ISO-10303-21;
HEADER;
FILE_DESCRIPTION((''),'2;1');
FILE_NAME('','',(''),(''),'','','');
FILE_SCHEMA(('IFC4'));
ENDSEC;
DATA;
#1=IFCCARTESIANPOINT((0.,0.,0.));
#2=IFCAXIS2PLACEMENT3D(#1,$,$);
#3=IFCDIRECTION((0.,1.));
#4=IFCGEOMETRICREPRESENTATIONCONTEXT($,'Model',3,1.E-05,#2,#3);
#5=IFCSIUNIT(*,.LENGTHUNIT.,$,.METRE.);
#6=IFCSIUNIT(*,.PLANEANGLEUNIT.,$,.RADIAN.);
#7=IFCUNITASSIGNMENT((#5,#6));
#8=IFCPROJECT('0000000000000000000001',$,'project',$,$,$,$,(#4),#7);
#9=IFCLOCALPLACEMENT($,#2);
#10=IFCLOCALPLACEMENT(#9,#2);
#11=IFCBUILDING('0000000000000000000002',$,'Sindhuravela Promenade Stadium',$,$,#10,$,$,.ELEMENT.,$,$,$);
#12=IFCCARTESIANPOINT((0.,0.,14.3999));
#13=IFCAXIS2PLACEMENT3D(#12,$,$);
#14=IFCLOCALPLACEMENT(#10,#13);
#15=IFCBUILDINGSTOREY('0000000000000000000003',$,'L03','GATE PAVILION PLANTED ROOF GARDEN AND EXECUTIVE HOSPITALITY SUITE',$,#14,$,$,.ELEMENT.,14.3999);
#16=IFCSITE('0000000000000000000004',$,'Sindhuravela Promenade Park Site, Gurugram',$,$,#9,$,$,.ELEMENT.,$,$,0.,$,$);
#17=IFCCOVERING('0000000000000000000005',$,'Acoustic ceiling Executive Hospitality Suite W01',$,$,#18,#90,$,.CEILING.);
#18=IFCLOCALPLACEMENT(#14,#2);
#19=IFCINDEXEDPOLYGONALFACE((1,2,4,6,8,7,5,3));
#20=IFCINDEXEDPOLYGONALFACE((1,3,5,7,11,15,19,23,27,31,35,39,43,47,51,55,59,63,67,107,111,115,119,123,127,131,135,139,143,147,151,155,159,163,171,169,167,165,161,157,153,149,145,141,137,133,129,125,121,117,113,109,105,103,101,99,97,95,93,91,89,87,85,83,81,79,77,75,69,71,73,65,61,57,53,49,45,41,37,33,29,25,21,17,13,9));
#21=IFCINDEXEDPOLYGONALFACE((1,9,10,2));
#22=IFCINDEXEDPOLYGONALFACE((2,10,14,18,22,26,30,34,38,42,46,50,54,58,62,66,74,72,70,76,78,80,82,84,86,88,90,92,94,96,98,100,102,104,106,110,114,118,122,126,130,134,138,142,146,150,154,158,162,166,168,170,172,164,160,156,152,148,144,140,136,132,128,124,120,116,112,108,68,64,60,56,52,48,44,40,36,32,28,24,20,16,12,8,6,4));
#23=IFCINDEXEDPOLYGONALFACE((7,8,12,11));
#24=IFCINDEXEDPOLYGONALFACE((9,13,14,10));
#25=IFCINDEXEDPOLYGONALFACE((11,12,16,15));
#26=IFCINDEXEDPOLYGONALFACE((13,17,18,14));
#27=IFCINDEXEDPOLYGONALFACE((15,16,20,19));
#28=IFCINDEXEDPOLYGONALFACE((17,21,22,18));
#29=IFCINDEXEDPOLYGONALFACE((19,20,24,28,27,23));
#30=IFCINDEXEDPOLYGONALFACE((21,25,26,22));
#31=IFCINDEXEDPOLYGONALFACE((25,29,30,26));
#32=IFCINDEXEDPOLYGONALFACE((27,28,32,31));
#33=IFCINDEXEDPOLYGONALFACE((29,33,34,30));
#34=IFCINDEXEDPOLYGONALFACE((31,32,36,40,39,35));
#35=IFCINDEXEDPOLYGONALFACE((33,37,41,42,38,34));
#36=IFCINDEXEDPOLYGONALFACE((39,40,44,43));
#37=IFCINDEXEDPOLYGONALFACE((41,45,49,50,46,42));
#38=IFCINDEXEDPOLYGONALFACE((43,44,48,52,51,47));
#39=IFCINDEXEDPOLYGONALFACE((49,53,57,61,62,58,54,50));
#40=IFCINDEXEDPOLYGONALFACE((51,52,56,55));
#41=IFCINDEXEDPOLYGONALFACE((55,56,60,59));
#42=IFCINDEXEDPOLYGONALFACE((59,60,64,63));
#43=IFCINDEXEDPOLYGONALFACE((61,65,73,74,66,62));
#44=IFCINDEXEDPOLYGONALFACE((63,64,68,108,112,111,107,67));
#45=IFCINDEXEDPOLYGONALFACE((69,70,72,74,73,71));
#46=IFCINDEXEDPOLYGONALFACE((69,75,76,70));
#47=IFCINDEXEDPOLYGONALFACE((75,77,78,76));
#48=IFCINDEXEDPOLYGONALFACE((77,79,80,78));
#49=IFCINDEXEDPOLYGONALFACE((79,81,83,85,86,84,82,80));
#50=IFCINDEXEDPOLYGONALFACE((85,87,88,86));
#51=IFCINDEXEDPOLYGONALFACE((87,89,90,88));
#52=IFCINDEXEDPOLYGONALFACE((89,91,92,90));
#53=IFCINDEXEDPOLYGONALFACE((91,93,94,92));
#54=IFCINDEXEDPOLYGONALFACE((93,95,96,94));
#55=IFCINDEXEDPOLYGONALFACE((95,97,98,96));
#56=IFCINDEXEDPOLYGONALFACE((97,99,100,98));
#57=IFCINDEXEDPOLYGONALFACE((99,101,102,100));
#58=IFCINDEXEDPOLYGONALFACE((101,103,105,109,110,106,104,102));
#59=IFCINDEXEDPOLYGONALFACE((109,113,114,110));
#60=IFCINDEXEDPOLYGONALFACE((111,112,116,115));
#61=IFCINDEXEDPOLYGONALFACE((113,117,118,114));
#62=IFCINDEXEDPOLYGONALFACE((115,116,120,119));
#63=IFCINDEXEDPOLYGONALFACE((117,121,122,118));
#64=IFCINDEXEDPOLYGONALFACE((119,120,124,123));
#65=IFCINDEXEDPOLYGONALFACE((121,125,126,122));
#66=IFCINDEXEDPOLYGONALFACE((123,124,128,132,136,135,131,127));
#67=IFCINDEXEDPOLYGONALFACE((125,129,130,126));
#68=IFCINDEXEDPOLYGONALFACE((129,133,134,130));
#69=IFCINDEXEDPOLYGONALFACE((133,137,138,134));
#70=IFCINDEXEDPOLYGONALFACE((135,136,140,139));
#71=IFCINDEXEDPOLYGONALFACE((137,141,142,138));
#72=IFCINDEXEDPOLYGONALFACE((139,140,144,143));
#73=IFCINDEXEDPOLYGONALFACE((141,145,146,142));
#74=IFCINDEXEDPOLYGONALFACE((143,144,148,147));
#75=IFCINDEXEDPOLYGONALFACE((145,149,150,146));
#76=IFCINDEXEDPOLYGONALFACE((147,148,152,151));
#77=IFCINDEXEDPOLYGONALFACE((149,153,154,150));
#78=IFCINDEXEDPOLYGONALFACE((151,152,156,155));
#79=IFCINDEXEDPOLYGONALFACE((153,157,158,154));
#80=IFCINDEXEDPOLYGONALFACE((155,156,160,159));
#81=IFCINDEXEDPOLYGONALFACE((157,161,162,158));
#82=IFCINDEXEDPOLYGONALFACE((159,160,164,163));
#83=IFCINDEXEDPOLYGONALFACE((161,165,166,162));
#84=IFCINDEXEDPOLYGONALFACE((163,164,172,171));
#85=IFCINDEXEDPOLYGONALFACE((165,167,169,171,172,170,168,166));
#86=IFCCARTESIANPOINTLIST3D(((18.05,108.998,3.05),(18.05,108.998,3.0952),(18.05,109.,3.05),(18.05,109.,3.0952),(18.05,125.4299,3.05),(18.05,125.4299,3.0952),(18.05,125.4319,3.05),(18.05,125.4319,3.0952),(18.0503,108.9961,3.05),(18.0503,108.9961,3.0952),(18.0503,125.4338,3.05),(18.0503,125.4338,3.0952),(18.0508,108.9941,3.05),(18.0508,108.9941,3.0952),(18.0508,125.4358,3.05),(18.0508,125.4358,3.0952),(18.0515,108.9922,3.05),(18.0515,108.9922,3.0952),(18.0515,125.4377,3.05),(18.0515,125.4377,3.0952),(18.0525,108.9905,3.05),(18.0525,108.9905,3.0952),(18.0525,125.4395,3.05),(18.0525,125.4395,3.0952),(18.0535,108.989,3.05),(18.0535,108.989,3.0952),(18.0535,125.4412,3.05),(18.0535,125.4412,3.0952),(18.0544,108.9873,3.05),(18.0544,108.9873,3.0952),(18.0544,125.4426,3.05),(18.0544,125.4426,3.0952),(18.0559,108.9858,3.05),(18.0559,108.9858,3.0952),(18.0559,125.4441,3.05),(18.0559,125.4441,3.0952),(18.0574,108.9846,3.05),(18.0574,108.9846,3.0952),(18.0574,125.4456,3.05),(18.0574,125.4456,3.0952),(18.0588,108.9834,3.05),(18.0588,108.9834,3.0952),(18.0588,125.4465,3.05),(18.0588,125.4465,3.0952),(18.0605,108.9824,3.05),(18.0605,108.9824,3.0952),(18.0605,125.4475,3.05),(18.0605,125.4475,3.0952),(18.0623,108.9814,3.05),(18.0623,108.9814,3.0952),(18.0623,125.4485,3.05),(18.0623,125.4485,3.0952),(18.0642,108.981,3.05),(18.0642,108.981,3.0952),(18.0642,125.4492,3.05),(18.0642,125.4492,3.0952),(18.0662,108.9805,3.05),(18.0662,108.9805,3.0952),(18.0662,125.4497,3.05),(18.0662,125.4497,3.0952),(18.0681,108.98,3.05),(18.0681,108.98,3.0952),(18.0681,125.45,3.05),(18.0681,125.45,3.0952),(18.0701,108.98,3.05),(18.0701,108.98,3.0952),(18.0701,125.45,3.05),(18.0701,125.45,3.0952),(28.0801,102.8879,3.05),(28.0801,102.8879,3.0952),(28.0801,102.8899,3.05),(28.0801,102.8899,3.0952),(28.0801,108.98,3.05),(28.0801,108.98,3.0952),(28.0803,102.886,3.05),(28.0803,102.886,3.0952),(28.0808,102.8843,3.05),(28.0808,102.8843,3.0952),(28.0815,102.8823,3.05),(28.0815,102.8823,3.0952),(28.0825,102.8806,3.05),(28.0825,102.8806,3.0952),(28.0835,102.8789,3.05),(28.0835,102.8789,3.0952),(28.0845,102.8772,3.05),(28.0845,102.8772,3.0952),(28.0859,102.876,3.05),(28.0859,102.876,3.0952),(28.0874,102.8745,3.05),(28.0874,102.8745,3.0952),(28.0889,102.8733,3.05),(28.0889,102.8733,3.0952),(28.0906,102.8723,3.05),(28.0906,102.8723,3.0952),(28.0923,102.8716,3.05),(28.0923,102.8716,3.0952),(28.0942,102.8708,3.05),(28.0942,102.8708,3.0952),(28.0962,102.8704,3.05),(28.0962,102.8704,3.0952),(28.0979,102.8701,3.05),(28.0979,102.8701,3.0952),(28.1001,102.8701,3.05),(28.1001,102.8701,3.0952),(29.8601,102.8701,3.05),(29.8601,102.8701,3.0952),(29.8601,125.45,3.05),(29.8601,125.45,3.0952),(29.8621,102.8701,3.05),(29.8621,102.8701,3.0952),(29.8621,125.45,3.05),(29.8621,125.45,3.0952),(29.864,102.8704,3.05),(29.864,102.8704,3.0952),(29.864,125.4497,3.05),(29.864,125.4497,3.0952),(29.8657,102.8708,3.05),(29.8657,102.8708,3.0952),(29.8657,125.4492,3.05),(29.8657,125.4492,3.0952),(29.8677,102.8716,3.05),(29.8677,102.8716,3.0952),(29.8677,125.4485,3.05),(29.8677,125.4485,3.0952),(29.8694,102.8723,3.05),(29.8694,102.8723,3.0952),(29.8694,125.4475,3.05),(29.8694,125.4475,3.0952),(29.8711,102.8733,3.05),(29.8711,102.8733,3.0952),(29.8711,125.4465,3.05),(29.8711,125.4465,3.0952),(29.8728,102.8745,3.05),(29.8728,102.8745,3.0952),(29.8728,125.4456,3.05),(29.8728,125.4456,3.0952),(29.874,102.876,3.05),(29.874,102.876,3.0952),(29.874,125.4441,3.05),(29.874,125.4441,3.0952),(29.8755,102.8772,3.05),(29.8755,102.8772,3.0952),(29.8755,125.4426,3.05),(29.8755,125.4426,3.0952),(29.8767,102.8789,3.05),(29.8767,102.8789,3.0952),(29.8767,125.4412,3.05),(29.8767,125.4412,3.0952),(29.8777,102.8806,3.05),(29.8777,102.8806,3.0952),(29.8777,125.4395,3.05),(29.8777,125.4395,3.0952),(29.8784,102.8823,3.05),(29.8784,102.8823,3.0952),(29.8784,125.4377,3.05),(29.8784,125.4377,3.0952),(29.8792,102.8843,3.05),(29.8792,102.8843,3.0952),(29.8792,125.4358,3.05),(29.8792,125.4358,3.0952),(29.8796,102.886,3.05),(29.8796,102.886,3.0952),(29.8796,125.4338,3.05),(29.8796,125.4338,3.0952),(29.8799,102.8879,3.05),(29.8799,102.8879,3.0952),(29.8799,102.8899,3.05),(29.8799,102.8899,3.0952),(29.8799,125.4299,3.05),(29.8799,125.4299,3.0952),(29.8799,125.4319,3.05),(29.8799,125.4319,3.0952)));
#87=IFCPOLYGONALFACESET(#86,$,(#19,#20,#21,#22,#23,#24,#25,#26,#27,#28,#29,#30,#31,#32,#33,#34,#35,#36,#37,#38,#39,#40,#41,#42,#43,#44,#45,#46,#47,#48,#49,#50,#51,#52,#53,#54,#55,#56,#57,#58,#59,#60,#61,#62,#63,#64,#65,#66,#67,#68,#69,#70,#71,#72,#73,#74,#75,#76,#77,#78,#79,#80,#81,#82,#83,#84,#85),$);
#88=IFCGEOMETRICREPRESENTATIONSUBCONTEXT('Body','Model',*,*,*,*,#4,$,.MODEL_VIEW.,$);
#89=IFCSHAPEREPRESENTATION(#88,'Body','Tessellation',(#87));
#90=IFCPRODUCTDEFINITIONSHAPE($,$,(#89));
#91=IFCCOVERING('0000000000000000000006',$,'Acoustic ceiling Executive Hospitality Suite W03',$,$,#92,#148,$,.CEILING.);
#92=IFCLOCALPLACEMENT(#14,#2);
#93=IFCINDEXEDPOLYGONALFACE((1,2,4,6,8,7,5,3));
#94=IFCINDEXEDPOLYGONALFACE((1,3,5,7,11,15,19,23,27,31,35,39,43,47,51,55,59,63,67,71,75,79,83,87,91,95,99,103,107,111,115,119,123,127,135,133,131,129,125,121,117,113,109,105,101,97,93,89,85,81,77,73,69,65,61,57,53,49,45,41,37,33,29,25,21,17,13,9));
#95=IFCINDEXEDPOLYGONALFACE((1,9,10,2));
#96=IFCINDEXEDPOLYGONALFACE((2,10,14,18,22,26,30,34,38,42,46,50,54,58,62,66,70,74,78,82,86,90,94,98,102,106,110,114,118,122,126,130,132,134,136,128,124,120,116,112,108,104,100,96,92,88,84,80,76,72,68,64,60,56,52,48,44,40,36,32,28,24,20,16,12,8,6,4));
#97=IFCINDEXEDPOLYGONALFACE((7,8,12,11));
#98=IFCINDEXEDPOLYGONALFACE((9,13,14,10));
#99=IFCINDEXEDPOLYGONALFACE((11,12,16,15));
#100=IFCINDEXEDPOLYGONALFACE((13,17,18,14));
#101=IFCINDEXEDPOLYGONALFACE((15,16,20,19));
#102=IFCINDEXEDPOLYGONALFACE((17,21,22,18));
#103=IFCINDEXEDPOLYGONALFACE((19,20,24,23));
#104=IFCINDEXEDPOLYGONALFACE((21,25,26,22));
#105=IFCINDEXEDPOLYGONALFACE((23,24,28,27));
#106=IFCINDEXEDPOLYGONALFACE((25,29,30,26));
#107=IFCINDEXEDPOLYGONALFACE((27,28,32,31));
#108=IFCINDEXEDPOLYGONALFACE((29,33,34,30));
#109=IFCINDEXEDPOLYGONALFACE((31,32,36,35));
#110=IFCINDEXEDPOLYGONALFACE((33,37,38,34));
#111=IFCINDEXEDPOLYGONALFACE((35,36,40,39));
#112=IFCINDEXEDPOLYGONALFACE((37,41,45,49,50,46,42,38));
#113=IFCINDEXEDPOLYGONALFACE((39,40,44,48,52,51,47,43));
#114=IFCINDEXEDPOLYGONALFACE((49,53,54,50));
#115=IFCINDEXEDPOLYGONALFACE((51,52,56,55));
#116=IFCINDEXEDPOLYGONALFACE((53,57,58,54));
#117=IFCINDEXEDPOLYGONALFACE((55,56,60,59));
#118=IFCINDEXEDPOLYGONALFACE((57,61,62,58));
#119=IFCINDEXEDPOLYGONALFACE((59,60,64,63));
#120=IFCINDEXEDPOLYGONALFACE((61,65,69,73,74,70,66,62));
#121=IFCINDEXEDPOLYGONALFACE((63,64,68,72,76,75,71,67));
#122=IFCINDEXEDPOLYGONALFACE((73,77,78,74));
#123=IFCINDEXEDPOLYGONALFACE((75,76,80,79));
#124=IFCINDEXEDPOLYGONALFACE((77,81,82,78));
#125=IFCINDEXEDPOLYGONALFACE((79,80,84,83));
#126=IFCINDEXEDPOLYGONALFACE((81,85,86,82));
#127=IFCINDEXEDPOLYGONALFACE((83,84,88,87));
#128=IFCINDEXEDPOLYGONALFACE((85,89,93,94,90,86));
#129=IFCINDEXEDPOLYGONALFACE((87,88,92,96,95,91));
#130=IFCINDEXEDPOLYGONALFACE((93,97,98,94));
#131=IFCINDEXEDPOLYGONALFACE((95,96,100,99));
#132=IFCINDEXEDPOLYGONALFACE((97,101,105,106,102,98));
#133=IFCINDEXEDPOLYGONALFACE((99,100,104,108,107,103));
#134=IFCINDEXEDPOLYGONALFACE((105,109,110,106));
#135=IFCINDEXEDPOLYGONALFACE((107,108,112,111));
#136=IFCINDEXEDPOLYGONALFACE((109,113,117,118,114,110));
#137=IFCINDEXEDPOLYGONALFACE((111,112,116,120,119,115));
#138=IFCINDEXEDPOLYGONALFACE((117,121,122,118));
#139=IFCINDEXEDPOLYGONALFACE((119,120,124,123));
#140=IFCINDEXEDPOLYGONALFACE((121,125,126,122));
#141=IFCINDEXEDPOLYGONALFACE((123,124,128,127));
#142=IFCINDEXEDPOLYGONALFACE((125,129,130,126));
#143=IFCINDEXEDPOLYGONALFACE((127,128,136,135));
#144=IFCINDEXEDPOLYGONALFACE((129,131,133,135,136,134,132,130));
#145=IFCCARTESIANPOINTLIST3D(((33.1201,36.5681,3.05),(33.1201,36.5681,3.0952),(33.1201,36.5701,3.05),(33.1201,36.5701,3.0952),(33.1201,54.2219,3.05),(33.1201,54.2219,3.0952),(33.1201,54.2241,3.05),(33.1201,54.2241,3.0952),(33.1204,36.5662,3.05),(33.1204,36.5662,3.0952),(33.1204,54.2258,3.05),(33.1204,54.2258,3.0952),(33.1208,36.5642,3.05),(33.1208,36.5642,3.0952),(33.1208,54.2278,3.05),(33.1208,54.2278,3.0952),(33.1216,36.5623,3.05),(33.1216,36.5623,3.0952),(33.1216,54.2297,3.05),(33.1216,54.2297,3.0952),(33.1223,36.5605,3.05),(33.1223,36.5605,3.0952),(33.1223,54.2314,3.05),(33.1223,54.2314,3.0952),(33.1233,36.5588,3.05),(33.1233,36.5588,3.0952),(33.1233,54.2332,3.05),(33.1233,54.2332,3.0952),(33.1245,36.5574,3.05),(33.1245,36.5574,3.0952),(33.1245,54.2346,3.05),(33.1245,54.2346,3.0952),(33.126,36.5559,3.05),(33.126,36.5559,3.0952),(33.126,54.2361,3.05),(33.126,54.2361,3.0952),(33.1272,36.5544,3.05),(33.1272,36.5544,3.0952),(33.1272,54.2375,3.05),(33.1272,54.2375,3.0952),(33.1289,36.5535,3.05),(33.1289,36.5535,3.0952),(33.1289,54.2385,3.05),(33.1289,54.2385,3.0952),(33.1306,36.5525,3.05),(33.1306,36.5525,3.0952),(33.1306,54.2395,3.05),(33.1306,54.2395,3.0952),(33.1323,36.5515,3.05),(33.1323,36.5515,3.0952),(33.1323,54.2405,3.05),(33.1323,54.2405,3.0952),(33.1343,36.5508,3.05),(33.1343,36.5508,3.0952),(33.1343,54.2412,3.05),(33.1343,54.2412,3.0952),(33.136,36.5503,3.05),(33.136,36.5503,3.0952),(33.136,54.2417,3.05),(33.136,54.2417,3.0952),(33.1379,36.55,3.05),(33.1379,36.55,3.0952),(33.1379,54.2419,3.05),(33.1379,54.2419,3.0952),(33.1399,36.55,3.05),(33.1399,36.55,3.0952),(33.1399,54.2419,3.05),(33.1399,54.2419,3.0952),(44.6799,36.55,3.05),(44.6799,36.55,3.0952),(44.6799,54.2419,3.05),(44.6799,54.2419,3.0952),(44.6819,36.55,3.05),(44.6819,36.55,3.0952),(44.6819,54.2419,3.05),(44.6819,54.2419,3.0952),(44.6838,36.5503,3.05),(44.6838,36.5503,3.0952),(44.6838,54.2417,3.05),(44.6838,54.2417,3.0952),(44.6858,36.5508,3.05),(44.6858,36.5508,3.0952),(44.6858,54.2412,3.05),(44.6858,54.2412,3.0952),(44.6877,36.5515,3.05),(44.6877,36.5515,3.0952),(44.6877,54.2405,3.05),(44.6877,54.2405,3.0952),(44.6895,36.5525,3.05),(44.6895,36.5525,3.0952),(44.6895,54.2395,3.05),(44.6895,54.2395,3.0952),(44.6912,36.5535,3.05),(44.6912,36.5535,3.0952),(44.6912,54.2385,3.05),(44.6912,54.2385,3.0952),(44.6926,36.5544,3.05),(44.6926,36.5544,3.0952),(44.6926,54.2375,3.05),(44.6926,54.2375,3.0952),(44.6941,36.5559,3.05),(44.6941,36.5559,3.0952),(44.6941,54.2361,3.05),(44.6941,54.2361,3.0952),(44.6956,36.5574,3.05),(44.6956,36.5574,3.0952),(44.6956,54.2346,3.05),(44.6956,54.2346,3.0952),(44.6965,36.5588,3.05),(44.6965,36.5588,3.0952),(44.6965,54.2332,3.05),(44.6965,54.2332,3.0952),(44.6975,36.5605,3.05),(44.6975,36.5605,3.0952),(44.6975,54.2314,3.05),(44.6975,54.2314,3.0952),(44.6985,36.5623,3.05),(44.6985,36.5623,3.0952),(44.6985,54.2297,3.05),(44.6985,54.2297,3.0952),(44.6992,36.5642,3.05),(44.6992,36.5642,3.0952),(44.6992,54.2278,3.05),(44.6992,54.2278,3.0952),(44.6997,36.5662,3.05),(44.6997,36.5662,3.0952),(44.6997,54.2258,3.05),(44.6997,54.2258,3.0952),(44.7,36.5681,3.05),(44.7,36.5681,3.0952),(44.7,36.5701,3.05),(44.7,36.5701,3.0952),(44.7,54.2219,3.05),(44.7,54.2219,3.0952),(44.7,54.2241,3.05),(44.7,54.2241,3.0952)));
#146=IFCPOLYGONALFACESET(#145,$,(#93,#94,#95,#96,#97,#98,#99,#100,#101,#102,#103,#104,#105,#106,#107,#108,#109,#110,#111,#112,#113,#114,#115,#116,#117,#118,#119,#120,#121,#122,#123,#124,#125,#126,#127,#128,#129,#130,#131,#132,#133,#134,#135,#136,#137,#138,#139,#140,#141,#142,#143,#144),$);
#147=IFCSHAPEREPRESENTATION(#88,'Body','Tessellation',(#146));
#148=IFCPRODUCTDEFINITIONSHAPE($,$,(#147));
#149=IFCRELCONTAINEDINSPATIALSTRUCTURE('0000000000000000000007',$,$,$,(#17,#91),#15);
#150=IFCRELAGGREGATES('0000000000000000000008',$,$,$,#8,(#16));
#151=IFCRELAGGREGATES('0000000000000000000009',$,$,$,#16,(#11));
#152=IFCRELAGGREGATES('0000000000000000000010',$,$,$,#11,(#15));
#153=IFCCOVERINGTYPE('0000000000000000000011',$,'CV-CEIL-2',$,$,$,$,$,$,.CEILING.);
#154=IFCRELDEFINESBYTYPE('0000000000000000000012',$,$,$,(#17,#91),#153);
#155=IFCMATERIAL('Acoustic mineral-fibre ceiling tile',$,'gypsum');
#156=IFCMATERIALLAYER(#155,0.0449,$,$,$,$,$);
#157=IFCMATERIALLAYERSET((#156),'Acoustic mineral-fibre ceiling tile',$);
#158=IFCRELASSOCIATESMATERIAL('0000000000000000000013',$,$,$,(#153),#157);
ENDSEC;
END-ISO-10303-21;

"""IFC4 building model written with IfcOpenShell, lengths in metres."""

from ifc_helpers import new_model, si_unit, direction, frame, origin, place, context, subcontext, project, spatial, polyline, outline, extrude, material, layer, layer_set, type_object, element, save


model = new_model("IFC4")

# Units and contexts
model_context = context("Model", 3, precision=1e-05, world=origin(), true_north=direction((0.0, 1.0)))
body_context = subcontext(model_context, "Body", "Model", "MODEL_VIEW")
ifc_project = project(units=[si_unit("LENGTHUNIT", "METRE"), si_unit("PLANEANGLEUNIT", "RADIAN")], contexts=[model_context])

# Site, building, storey
site_placement = place(None, origin())
site = spatial("IfcSite", under=ifc_project, at=site_placement, Name="Sindhuravela Promenade Park Site, Gurugram", CompositionType="ELEMENT", RefElevation=0.0)
building_placement = place(site_placement, origin())
building = spatial("IfcBuilding", under=site, at=building_placement, Name="Sindhuravela Promenade Stadium", CompositionType="ELEMENT")
storey_placement = place(building_placement, frame((0.0, 0.0, 14.3999)))
storey = spatial("IfcBuildingStorey", under=building, at=storey_placement, Name="L03", Description="GATE PAVILION PLANTED ROOF GARDEN AND EXECUTIVE HOSPITALITY SUITE", CompositionType="ELEMENT", Elevation=14.3999)

# Coverings
ifc_material_1 = material(Name="Acoustic mineral-fibre ceiling tile", Category="gypsum")
ifc_layer_1 = layer(ifc_material_1, 0.0449)
ifc_layer_set_1 = layer_set([ifc_layer_1], Name="Acoustic mineral-fibre ceiling tile")
covering_type_1 = type_object("IfcCoveringType", Name="CV-CEIL-2", PredefinedType="CEILING", material=ifc_layer_set_1)
covering_1_placement = place(storey_placement, frame((0.0, 0.0, 3.05)))
element("IfcCovering", 1, at=covering_1_placement, inside=storey, type_object=covering_type_1, Name="Acoustic ceiling Executive Hospitality Suite W01", PredefinedType="CEILING", context=body_context, shape_type="SweptSolid", body=[
    extrude(outline(polyline([(29.8799, 102.8899), (29.8799, 102.8879), (29.8796, 102.886), (29.8792, 102.8843), (29.8784, 102.8823), (29.8777, 102.8806), (29.8767, 102.8789), (29.8755, 102.8772), (29.874, 102.876), (29.8728, 102.8745), (29.8711, 102.8733), (29.8694, 102.8723), (29.8677, 102.8716), (29.8657, 102.8708), (29.864, 102.8704), (29.8621, 102.8701), (29.8601, 102.8701), (28.1001, 102.8701), (28.0979, 102.8701), (28.0962, 102.8704), (28.0942, 102.8708), (28.0923, 102.8716), (28.0906, 102.8723), (28.0889, 102.8733), (28.0874, 102.8745), (28.0859, 102.876), (28.0845, 102.8772), (28.0835, 102.8789), (28.0825, 102.8806), (28.0815, 102.8823), (28.0808, 102.8843), (28.0803, 102.886), (28.0801, 102.8879), (28.0801, 102.8899), (28.0801, 108.98), (18.0701, 108.98), (18.0681, 108.98), (18.0662, 108.9805), (18.0642, 108.981), (18.0623, 108.9814), (18.0605, 108.9824), (18.0588, 108.9834), (18.0574, 108.9846), (18.0559, 108.9858), (18.0544, 108.9873), (18.0535, 108.989), (18.0525, 108.9905), (18.0515, 108.9922), (18.0508, 108.9941), (18.0503, 108.9961), (18.05, 108.998), (18.05, 109.0), (18.05, 125.4299), (18.05, 125.4319), (18.0503, 125.4338), (18.0508, 125.4358), (18.0515, 125.4377), (18.0525, 125.4395), (18.0535, 125.4412), (18.0544, 125.4426), (18.0559, 125.4441), (18.0574, 125.4456), (18.0588, 125.4465), (18.0605, 125.4475), (18.0623, 125.4485), (18.0642, 125.4492), (18.0662, 125.4497), (18.0681, 125.45), (18.0701, 125.45), (29.8601, 125.45), (29.8621, 125.45), (29.864, 125.4497), (29.8657, 125.4492), (29.8677, 125.4485), (29.8694, 125.4475), (29.8711, 125.4465), (29.8728, 125.4456), (29.874, 125.4441), (29.8755, 125.4426), (29.8767, 125.4412), (29.8777, 125.4395), (29.8784, 125.4377), (29.8792, 125.4358), (29.8796, 125.4338), (29.8799, 125.4319), (29.8799, 125.4299), (29.8799, 102.8899)])), origin(), (0.0, 0.0, 1.0), 0.0452),
])
covering_2_placement = place(storey_placement, frame((0.0, 0.0, 3.05)))
element("IfcCovering", 2, at=covering_2_placement, inside=storey, type_object=covering_type_1, Name="Acoustic ceiling Executive Hospitality Suite W03", PredefinedType="CEILING", context=body_context, shape_type="SweptSolid", body=[
    extrude(outline(polyline([(44.7, 36.5701), (44.7, 36.5681), (44.6997, 36.5662), (44.6992, 36.5642), (44.6985, 36.5623), (44.6975, 36.5605), (44.6965, 36.5588), (44.6956, 36.5574), (44.6941, 36.5559), (44.6926, 36.5544), (44.6912, 36.5535), (44.6895, 36.5525), (44.6877, 36.5515), (44.6858, 36.5508), (44.6838, 36.5503), (44.6819, 36.55), (44.6799, 36.55), (33.1399, 36.55), (33.1379, 36.55), (33.136, 36.5503), (33.1343, 36.5508), (33.1323, 36.5515), (33.1306, 36.5525), (33.1289, 36.5535), (33.1272, 36.5544), (33.126, 36.5559), (33.1245, 36.5574), (33.1233, 36.5588), (33.1223, 36.5605), (33.1216, 36.5623), (33.1208, 36.5642), (33.1204, 36.5662), (33.1201, 36.5681), (33.1201, 36.5701), (33.1201, 54.2219), (33.1201, 54.2241), (33.1204, 54.2258), (33.1208, 54.2278), (33.1216, 54.2297), (33.1223, 54.2314), (33.1233, 54.2332), (33.1245, 54.2346), (33.126, 54.2361), (33.1272, 54.2375), (33.1289, 54.2385), (33.1306, 54.2395), (33.1323, 54.2405), (33.1343, 54.2412), (33.136, 54.2417), (33.1379, 54.2419), (33.1399, 54.2419), (44.6799, 54.2419), (44.6819, 54.2419), (44.6838, 54.2417), (44.6858, 54.2412), (44.6877, 54.2405), (44.6895, 54.2395), (44.6912, 54.2385), (44.6926, 54.2375), (44.6941, 54.2361), (44.6956, 54.2346), (44.6965, 54.2332), (44.6975, 54.2314), (44.6985, 54.2297), (44.6992, 54.2278), (44.6997, 54.2258), (44.7, 54.2241), (44.7, 54.2219), (44.7, 36.5701)])), origin(), (0.0, 0.0, 1.0), 0.0452),
])

save(model, "model.ifc")
